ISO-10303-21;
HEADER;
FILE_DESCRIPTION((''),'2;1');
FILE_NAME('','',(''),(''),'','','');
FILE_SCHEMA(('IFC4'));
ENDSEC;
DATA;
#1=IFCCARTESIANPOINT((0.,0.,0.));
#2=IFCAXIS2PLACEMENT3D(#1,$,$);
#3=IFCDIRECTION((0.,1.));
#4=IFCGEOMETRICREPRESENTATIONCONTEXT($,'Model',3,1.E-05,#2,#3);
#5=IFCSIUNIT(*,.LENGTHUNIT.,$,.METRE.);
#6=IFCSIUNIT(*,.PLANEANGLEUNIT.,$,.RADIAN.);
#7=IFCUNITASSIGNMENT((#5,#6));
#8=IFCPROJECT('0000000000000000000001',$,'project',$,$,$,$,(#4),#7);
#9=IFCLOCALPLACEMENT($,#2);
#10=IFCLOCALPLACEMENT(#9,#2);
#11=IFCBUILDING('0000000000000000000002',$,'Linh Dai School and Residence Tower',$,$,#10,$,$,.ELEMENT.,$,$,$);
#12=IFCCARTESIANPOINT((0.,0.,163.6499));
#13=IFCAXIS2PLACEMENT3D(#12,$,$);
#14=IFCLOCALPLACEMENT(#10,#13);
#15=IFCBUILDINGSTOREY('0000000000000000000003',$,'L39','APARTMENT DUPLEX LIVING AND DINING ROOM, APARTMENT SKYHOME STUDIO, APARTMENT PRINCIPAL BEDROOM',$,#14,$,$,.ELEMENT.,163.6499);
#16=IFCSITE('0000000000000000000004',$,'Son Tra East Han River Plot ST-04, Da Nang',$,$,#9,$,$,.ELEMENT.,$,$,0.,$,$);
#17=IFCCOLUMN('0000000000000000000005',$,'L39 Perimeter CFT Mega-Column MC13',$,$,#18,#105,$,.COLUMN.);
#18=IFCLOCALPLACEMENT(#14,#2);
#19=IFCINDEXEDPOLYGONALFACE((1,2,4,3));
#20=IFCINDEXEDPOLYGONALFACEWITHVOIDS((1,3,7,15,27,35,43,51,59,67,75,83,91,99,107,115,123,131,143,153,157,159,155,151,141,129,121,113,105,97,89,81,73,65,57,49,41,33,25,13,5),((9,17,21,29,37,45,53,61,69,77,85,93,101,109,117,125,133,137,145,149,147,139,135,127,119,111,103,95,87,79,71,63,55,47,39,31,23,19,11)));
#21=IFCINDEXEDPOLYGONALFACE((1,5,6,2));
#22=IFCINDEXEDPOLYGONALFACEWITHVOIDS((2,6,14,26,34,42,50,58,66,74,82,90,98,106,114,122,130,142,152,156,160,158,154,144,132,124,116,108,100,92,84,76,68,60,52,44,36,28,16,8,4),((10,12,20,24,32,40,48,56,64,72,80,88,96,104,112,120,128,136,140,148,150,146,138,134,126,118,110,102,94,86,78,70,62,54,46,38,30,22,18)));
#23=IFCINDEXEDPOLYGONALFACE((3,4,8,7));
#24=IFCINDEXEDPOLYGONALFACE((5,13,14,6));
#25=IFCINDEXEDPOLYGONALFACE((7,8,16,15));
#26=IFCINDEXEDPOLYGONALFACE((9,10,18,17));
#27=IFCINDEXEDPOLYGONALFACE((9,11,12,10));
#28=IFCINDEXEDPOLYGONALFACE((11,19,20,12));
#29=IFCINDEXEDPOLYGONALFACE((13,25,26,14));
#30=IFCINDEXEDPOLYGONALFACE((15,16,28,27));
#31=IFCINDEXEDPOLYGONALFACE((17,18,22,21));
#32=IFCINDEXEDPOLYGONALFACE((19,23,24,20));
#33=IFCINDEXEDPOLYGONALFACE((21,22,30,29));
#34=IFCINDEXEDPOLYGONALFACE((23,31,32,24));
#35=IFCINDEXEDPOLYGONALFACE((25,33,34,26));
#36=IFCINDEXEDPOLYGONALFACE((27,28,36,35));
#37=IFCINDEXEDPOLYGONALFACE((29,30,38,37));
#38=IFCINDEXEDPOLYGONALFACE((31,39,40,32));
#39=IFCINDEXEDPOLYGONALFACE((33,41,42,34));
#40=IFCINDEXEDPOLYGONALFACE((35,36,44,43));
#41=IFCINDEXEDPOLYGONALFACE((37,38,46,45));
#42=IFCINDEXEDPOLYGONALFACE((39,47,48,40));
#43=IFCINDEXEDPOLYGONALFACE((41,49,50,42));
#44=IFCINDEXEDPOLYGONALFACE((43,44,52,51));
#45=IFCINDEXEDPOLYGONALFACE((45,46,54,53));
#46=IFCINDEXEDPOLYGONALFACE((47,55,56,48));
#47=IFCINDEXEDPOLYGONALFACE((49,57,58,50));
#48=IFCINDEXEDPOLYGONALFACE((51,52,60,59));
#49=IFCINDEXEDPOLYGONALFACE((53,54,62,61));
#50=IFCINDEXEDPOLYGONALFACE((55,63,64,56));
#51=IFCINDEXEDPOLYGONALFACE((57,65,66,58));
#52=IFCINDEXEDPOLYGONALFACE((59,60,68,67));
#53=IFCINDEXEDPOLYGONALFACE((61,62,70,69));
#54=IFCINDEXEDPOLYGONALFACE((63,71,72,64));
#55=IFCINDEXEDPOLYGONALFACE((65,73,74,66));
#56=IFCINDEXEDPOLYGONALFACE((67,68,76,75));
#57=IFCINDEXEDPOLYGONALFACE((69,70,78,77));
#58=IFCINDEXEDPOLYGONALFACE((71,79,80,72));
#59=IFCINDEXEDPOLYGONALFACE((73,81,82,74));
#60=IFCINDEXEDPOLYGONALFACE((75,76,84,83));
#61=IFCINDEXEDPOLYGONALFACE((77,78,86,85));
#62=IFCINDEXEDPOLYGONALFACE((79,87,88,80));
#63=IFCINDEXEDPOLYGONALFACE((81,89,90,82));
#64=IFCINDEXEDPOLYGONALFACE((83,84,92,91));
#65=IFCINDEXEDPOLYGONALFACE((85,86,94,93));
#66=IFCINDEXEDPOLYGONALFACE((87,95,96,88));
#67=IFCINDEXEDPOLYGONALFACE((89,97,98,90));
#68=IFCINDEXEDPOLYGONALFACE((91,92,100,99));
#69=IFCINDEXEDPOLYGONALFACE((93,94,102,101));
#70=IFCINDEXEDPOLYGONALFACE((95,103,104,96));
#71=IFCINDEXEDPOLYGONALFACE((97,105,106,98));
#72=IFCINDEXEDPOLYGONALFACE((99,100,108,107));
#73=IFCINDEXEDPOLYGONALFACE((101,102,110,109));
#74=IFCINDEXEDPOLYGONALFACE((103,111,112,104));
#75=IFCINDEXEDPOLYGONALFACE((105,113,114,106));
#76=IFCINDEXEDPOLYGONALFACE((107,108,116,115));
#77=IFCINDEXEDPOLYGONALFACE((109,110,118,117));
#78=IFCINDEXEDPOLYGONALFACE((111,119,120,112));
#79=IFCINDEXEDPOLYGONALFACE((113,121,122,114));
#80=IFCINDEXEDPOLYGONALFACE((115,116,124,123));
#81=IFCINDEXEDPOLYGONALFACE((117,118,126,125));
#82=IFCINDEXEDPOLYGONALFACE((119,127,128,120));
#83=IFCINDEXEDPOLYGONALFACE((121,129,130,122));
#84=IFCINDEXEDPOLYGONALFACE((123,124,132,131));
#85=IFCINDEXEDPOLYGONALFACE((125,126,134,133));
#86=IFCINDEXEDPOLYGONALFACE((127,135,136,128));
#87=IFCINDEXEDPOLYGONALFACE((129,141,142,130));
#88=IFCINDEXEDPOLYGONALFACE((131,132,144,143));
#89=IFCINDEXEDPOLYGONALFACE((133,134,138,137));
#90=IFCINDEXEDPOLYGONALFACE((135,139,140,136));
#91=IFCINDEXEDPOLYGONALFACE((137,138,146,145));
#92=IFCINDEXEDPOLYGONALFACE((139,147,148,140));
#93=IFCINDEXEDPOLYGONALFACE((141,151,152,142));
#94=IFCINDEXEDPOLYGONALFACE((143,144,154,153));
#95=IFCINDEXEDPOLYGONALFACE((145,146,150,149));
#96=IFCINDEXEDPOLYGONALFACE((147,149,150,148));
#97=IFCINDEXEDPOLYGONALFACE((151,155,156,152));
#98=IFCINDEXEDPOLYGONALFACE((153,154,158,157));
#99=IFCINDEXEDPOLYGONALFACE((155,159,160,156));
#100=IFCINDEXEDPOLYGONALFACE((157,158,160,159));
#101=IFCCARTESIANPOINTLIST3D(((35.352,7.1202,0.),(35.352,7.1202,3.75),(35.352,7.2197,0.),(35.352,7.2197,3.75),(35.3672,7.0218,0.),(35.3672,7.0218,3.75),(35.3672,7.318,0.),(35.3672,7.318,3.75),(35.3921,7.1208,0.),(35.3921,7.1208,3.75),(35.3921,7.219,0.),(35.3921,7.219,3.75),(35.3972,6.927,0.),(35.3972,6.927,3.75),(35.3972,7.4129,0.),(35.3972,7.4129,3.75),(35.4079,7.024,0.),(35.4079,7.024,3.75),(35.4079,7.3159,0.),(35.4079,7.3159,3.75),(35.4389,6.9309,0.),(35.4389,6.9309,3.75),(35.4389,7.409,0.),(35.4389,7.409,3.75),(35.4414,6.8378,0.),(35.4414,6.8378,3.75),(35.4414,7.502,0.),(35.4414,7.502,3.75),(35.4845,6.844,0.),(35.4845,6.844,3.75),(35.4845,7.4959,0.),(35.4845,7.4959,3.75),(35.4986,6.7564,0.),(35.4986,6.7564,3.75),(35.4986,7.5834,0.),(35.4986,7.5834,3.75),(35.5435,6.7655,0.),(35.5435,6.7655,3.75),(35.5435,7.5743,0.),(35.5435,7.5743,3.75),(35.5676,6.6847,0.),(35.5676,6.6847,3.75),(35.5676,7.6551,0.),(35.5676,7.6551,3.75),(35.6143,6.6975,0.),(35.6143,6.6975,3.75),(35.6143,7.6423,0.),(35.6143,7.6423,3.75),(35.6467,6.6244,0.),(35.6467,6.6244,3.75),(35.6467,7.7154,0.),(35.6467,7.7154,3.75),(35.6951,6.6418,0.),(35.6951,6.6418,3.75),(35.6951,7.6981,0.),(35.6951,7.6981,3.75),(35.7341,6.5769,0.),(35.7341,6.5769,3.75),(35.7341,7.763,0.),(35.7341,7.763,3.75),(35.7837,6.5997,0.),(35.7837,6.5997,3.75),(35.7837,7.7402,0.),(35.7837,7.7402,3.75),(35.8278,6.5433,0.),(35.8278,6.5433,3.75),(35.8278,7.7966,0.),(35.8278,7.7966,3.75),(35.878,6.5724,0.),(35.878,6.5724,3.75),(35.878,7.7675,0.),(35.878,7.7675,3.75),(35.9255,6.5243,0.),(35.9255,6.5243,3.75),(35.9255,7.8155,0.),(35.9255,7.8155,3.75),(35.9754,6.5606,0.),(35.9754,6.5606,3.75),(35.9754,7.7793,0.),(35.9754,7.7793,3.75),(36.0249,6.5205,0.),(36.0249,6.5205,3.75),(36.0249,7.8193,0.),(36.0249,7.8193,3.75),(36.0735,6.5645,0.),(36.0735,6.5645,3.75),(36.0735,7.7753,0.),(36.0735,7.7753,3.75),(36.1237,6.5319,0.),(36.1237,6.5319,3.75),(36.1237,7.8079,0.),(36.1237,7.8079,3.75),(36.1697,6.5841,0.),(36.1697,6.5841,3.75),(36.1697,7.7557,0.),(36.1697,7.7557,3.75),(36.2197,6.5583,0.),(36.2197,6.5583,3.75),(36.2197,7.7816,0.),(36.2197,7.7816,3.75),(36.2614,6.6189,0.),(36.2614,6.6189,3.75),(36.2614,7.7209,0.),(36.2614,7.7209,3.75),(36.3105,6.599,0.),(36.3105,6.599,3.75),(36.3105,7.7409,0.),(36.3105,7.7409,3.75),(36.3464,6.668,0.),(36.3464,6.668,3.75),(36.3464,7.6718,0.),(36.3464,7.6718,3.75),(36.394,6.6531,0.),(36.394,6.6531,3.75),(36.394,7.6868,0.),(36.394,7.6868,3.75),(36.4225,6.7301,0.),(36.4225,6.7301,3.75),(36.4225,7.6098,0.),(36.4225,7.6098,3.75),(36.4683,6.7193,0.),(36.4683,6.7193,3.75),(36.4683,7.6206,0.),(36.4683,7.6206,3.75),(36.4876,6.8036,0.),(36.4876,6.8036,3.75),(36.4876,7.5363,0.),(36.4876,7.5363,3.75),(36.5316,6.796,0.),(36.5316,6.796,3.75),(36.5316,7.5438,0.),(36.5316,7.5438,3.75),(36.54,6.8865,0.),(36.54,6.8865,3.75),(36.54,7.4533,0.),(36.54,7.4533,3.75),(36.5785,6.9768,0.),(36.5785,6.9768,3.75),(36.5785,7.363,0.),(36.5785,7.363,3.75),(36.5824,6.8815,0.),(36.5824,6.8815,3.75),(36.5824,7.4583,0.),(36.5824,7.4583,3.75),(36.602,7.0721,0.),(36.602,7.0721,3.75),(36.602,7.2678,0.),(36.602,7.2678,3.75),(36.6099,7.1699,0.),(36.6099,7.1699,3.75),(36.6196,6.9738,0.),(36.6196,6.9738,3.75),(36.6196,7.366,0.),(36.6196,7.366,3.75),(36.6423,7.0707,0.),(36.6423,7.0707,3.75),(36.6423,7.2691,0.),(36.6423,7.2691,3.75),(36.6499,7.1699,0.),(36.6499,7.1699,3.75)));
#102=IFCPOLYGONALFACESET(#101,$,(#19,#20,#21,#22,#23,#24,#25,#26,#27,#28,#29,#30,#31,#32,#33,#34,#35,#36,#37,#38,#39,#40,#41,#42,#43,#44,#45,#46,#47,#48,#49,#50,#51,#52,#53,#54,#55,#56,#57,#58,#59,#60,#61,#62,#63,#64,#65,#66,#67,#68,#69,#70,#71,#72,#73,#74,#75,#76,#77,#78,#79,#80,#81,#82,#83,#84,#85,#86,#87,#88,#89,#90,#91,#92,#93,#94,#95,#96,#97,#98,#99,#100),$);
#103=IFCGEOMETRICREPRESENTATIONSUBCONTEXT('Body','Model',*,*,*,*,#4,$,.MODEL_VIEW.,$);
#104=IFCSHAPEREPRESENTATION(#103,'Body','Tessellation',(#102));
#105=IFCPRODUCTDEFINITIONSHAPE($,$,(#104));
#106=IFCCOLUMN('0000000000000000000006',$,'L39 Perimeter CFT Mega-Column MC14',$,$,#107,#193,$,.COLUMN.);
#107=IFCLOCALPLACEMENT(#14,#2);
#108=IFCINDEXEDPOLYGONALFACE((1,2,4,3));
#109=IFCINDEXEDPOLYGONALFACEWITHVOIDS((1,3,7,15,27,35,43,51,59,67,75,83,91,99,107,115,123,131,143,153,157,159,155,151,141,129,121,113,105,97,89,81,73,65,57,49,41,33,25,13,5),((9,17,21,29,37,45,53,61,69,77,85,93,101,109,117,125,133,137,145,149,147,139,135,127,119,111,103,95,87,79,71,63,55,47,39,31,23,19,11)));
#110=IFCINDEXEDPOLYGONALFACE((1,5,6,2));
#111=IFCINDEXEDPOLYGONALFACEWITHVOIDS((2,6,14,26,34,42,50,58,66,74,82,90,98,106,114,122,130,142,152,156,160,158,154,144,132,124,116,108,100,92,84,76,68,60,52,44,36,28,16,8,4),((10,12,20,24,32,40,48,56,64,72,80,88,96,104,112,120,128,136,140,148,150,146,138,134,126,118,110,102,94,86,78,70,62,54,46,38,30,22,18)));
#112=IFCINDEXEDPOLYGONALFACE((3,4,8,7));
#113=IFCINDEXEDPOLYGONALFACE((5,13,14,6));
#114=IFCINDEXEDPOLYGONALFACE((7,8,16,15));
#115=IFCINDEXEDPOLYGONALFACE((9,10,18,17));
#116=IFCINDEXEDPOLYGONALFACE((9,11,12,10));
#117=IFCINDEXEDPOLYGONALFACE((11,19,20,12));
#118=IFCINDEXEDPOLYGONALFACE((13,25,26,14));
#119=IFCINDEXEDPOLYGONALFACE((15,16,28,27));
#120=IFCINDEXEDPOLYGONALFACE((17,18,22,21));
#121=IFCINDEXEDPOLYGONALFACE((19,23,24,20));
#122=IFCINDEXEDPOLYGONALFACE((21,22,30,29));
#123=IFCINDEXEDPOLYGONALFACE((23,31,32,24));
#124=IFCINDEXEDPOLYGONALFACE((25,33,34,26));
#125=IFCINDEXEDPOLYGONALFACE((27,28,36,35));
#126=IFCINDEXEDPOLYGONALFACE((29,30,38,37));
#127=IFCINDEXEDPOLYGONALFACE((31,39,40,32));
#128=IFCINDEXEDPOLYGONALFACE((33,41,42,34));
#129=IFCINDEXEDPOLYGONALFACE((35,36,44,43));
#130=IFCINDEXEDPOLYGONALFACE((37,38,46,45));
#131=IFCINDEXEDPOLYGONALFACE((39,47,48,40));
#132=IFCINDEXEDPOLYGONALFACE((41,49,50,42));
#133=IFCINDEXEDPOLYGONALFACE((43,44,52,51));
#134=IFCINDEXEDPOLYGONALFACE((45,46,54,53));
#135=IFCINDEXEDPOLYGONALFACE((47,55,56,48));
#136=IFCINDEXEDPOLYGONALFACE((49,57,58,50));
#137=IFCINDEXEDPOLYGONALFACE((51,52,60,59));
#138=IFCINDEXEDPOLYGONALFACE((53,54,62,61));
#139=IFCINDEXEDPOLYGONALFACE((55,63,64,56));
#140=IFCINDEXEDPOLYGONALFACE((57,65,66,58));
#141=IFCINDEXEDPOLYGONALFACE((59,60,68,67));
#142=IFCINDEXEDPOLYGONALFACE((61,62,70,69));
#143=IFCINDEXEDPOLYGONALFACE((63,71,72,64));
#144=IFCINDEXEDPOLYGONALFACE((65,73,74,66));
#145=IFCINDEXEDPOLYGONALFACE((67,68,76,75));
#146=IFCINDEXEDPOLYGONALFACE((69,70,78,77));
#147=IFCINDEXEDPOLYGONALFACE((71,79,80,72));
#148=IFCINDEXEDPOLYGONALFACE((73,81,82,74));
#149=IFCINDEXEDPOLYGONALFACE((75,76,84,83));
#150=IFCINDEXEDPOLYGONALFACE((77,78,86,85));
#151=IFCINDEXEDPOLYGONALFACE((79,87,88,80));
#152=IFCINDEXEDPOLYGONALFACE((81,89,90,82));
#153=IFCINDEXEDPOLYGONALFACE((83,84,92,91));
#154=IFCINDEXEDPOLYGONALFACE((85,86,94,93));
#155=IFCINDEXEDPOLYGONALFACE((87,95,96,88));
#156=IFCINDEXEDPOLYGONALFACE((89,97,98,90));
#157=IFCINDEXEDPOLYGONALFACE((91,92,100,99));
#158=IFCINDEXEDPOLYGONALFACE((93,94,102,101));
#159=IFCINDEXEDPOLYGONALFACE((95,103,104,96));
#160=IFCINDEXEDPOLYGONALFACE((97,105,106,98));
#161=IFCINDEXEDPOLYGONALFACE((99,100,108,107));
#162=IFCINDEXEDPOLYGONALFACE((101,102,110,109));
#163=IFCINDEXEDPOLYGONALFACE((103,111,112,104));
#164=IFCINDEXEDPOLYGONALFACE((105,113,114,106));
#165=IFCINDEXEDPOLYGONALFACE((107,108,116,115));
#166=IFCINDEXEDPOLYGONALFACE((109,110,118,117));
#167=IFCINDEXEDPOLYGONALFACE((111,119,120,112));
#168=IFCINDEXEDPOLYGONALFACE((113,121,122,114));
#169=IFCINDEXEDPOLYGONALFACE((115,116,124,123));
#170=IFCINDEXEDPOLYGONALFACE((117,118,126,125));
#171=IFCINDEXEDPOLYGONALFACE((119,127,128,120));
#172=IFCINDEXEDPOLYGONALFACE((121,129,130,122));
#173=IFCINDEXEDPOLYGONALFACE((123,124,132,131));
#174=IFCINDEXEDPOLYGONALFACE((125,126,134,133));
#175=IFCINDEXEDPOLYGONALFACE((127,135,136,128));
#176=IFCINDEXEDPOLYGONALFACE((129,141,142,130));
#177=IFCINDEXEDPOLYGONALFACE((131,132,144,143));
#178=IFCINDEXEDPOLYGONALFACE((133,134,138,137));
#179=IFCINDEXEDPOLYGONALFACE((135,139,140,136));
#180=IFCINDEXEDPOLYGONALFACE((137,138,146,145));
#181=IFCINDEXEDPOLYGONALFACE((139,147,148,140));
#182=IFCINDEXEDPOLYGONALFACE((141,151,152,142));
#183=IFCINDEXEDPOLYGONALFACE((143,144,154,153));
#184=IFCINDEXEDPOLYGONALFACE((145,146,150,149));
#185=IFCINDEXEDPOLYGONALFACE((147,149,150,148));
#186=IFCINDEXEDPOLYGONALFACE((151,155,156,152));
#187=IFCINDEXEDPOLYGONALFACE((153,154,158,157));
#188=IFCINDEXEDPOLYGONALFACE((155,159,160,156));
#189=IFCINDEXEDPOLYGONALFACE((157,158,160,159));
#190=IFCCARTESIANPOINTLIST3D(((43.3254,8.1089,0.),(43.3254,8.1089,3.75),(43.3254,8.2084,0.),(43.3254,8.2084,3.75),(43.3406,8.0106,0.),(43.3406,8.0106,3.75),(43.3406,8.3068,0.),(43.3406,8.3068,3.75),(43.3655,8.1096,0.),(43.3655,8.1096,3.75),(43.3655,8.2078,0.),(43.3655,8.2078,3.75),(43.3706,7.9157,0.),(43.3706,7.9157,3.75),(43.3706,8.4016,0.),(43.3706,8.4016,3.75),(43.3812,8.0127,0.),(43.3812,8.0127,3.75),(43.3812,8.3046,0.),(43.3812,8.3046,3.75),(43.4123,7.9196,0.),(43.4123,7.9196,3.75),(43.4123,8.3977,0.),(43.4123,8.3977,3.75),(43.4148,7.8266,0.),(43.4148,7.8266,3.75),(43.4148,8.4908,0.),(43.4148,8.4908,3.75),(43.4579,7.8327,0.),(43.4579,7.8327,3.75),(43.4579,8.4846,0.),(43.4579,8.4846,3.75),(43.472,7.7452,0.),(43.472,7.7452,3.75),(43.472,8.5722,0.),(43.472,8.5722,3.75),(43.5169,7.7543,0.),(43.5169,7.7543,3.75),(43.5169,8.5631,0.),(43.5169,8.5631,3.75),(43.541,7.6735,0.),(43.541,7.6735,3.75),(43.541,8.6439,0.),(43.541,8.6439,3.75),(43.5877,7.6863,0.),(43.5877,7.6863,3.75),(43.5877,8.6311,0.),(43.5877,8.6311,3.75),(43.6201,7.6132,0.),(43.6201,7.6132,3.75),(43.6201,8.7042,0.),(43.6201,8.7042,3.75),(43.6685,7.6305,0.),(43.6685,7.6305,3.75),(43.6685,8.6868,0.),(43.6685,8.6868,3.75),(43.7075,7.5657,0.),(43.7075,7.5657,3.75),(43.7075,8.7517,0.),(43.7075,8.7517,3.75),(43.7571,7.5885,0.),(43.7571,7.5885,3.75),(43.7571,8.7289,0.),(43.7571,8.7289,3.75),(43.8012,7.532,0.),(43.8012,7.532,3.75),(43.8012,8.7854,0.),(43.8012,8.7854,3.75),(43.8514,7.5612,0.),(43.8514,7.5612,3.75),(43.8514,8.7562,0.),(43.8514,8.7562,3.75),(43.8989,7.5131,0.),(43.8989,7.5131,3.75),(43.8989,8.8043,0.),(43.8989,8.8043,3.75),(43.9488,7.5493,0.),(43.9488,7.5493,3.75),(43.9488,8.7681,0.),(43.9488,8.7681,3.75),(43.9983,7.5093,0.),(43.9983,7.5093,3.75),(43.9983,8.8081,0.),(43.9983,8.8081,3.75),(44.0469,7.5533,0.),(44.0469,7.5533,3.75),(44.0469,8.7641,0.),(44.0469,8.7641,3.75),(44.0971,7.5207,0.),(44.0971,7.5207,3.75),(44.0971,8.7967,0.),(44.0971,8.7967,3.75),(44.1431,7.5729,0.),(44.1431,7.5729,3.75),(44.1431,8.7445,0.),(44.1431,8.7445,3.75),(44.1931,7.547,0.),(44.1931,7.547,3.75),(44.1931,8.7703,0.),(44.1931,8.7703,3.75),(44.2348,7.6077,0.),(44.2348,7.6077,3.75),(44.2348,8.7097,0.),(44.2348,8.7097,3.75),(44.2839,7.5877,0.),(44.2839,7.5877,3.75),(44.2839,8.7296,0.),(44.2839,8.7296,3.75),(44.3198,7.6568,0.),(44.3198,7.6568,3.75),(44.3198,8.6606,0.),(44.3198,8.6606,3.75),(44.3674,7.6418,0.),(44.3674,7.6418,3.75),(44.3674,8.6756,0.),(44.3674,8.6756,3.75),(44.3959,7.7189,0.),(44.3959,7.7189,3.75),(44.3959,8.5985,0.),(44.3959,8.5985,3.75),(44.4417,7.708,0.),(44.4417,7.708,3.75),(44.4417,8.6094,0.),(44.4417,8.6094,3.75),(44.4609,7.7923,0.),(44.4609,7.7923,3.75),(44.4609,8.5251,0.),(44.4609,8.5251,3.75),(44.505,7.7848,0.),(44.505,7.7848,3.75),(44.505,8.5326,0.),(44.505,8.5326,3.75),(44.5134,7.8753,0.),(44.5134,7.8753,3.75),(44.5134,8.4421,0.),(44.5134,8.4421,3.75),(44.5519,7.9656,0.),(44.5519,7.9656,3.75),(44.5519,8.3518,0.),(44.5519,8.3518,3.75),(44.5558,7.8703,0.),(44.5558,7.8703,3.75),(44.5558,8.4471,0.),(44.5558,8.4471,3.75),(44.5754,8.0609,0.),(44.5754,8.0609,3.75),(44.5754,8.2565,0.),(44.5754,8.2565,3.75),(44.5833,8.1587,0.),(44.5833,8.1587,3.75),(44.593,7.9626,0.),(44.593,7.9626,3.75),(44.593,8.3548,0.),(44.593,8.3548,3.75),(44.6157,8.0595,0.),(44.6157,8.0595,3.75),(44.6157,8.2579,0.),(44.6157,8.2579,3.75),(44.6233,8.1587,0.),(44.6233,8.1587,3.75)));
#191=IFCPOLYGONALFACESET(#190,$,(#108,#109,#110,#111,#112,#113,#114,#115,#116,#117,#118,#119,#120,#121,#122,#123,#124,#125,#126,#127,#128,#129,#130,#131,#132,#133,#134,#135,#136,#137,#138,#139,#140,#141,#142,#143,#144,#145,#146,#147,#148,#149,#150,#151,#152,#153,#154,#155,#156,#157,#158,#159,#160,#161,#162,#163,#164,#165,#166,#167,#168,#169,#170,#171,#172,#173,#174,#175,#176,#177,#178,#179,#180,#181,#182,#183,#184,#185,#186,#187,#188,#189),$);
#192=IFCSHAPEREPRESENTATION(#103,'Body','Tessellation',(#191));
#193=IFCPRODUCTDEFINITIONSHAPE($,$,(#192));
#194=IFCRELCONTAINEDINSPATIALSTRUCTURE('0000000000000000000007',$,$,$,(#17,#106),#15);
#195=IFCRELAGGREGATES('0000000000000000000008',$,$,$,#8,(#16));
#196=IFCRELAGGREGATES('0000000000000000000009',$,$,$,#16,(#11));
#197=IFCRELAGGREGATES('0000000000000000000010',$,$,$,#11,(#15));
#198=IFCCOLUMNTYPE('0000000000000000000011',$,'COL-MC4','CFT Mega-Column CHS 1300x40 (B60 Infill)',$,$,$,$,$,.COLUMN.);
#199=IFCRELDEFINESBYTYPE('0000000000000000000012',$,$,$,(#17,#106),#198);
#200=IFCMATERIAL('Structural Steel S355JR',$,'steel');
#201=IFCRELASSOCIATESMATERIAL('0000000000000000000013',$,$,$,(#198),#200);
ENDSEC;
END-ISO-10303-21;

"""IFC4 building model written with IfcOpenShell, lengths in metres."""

from ifc_helpers import new_model, si_unit, direction, frame, origin, origin_2d, place, context, subcontext, project, spatial, hollow_circle, extrude, material, material_profile, profile_set, type_object, element, save


model = new_model("IFC4")

# Units and contexts
model_context = context("Model", 3, precision=1e-05, world=origin(), true_north=direction((0.0, 1.0)))
body_context = subcontext(model_context, "Body", "Model", "MODEL_VIEW")
ifc_project = project(units=[si_unit("LENGTHUNIT", "METRE"), si_unit("PLANEANGLEUNIT", "RADIAN")], contexts=[model_context])

# Site, building, storey
site_placement = place(None, origin())
site = spatial("IfcSite", under=ifc_project, at=site_placement, Name="Son Tra East Han River Plot ST-04, Da Nang", CompositionType="ELEMENT", RefElevation=0.0)
building_placement = place(site_placement, origin())
building = spatial("IfcBuilding", under=site, at=building_placement, Name="Linh Dai School and Residence Tower", CompositionType="ELEMENT")
storey_placement = place(building_placement, frame((0.0, 0.0, 163.6499)))
storey = spatial("IfcBuildingStorey", under=building, at=storey_placement, Name="L39", Description="APARTMENT DUPLEX LIVING AND DINING ROOM, APARTMENT SKYHOME STUDIO, APARTMENT PRINCIPAL BEDROOM", CompositionType="ELEMENT", Elevation=163.6499)

# Columns
ifc_material_1 = material(Name="Structural Steel S355JR", Category="steel")
ifc_material_profile_1 = material_profile(ifc_material_1, hollow_circle(Radius=0.6499, WallThickness=0.04, at=origin_2d()), Name="CHS 1300x40")
ifc_profile_set_1 = profile_set([ifc_material_profile_1], Name="Structural Steel S355JR")
column_type = type_object("IfcColumnType", Name="COL-MC4", Description="CFT Mega-Column CHS 1300x40 (B60 Infill)", PredefinedType="COLUMN", material=ifc_profile_set_1)
for number, where, z_axis, x_axis, name in (
    (1, (36.0, 7.1699, 0.0), (0.0, 0.0, 1.0), (1.0, 0.0, 0.0), "L39 Perimeter CFT Mega-Column MC13"),
    (2, (43.9734, 8.1587, 0.0), (0.0, 0.0, 1.0), (1.0, 0.0, 0.0), "L39 Perimeter CFT Mega-Column MC14"),
):
    element("IfcColumn", number, at=place(storey_placement, frame(where, z_axis=z_axis, x_axis=x_axis)), inside=storey, type_object=column_type, Name=name, PredefinedType="COLUMN", context=body_context, shape_type="SweptSolid", body=[
        extrude(hollow_circle(Radius=0.6499, WallThickness=0.04, at=origin_2d()), origin(), (0.0, 0.0, 1.0), 3.75),
    ])

save(model, "model.ifc")
